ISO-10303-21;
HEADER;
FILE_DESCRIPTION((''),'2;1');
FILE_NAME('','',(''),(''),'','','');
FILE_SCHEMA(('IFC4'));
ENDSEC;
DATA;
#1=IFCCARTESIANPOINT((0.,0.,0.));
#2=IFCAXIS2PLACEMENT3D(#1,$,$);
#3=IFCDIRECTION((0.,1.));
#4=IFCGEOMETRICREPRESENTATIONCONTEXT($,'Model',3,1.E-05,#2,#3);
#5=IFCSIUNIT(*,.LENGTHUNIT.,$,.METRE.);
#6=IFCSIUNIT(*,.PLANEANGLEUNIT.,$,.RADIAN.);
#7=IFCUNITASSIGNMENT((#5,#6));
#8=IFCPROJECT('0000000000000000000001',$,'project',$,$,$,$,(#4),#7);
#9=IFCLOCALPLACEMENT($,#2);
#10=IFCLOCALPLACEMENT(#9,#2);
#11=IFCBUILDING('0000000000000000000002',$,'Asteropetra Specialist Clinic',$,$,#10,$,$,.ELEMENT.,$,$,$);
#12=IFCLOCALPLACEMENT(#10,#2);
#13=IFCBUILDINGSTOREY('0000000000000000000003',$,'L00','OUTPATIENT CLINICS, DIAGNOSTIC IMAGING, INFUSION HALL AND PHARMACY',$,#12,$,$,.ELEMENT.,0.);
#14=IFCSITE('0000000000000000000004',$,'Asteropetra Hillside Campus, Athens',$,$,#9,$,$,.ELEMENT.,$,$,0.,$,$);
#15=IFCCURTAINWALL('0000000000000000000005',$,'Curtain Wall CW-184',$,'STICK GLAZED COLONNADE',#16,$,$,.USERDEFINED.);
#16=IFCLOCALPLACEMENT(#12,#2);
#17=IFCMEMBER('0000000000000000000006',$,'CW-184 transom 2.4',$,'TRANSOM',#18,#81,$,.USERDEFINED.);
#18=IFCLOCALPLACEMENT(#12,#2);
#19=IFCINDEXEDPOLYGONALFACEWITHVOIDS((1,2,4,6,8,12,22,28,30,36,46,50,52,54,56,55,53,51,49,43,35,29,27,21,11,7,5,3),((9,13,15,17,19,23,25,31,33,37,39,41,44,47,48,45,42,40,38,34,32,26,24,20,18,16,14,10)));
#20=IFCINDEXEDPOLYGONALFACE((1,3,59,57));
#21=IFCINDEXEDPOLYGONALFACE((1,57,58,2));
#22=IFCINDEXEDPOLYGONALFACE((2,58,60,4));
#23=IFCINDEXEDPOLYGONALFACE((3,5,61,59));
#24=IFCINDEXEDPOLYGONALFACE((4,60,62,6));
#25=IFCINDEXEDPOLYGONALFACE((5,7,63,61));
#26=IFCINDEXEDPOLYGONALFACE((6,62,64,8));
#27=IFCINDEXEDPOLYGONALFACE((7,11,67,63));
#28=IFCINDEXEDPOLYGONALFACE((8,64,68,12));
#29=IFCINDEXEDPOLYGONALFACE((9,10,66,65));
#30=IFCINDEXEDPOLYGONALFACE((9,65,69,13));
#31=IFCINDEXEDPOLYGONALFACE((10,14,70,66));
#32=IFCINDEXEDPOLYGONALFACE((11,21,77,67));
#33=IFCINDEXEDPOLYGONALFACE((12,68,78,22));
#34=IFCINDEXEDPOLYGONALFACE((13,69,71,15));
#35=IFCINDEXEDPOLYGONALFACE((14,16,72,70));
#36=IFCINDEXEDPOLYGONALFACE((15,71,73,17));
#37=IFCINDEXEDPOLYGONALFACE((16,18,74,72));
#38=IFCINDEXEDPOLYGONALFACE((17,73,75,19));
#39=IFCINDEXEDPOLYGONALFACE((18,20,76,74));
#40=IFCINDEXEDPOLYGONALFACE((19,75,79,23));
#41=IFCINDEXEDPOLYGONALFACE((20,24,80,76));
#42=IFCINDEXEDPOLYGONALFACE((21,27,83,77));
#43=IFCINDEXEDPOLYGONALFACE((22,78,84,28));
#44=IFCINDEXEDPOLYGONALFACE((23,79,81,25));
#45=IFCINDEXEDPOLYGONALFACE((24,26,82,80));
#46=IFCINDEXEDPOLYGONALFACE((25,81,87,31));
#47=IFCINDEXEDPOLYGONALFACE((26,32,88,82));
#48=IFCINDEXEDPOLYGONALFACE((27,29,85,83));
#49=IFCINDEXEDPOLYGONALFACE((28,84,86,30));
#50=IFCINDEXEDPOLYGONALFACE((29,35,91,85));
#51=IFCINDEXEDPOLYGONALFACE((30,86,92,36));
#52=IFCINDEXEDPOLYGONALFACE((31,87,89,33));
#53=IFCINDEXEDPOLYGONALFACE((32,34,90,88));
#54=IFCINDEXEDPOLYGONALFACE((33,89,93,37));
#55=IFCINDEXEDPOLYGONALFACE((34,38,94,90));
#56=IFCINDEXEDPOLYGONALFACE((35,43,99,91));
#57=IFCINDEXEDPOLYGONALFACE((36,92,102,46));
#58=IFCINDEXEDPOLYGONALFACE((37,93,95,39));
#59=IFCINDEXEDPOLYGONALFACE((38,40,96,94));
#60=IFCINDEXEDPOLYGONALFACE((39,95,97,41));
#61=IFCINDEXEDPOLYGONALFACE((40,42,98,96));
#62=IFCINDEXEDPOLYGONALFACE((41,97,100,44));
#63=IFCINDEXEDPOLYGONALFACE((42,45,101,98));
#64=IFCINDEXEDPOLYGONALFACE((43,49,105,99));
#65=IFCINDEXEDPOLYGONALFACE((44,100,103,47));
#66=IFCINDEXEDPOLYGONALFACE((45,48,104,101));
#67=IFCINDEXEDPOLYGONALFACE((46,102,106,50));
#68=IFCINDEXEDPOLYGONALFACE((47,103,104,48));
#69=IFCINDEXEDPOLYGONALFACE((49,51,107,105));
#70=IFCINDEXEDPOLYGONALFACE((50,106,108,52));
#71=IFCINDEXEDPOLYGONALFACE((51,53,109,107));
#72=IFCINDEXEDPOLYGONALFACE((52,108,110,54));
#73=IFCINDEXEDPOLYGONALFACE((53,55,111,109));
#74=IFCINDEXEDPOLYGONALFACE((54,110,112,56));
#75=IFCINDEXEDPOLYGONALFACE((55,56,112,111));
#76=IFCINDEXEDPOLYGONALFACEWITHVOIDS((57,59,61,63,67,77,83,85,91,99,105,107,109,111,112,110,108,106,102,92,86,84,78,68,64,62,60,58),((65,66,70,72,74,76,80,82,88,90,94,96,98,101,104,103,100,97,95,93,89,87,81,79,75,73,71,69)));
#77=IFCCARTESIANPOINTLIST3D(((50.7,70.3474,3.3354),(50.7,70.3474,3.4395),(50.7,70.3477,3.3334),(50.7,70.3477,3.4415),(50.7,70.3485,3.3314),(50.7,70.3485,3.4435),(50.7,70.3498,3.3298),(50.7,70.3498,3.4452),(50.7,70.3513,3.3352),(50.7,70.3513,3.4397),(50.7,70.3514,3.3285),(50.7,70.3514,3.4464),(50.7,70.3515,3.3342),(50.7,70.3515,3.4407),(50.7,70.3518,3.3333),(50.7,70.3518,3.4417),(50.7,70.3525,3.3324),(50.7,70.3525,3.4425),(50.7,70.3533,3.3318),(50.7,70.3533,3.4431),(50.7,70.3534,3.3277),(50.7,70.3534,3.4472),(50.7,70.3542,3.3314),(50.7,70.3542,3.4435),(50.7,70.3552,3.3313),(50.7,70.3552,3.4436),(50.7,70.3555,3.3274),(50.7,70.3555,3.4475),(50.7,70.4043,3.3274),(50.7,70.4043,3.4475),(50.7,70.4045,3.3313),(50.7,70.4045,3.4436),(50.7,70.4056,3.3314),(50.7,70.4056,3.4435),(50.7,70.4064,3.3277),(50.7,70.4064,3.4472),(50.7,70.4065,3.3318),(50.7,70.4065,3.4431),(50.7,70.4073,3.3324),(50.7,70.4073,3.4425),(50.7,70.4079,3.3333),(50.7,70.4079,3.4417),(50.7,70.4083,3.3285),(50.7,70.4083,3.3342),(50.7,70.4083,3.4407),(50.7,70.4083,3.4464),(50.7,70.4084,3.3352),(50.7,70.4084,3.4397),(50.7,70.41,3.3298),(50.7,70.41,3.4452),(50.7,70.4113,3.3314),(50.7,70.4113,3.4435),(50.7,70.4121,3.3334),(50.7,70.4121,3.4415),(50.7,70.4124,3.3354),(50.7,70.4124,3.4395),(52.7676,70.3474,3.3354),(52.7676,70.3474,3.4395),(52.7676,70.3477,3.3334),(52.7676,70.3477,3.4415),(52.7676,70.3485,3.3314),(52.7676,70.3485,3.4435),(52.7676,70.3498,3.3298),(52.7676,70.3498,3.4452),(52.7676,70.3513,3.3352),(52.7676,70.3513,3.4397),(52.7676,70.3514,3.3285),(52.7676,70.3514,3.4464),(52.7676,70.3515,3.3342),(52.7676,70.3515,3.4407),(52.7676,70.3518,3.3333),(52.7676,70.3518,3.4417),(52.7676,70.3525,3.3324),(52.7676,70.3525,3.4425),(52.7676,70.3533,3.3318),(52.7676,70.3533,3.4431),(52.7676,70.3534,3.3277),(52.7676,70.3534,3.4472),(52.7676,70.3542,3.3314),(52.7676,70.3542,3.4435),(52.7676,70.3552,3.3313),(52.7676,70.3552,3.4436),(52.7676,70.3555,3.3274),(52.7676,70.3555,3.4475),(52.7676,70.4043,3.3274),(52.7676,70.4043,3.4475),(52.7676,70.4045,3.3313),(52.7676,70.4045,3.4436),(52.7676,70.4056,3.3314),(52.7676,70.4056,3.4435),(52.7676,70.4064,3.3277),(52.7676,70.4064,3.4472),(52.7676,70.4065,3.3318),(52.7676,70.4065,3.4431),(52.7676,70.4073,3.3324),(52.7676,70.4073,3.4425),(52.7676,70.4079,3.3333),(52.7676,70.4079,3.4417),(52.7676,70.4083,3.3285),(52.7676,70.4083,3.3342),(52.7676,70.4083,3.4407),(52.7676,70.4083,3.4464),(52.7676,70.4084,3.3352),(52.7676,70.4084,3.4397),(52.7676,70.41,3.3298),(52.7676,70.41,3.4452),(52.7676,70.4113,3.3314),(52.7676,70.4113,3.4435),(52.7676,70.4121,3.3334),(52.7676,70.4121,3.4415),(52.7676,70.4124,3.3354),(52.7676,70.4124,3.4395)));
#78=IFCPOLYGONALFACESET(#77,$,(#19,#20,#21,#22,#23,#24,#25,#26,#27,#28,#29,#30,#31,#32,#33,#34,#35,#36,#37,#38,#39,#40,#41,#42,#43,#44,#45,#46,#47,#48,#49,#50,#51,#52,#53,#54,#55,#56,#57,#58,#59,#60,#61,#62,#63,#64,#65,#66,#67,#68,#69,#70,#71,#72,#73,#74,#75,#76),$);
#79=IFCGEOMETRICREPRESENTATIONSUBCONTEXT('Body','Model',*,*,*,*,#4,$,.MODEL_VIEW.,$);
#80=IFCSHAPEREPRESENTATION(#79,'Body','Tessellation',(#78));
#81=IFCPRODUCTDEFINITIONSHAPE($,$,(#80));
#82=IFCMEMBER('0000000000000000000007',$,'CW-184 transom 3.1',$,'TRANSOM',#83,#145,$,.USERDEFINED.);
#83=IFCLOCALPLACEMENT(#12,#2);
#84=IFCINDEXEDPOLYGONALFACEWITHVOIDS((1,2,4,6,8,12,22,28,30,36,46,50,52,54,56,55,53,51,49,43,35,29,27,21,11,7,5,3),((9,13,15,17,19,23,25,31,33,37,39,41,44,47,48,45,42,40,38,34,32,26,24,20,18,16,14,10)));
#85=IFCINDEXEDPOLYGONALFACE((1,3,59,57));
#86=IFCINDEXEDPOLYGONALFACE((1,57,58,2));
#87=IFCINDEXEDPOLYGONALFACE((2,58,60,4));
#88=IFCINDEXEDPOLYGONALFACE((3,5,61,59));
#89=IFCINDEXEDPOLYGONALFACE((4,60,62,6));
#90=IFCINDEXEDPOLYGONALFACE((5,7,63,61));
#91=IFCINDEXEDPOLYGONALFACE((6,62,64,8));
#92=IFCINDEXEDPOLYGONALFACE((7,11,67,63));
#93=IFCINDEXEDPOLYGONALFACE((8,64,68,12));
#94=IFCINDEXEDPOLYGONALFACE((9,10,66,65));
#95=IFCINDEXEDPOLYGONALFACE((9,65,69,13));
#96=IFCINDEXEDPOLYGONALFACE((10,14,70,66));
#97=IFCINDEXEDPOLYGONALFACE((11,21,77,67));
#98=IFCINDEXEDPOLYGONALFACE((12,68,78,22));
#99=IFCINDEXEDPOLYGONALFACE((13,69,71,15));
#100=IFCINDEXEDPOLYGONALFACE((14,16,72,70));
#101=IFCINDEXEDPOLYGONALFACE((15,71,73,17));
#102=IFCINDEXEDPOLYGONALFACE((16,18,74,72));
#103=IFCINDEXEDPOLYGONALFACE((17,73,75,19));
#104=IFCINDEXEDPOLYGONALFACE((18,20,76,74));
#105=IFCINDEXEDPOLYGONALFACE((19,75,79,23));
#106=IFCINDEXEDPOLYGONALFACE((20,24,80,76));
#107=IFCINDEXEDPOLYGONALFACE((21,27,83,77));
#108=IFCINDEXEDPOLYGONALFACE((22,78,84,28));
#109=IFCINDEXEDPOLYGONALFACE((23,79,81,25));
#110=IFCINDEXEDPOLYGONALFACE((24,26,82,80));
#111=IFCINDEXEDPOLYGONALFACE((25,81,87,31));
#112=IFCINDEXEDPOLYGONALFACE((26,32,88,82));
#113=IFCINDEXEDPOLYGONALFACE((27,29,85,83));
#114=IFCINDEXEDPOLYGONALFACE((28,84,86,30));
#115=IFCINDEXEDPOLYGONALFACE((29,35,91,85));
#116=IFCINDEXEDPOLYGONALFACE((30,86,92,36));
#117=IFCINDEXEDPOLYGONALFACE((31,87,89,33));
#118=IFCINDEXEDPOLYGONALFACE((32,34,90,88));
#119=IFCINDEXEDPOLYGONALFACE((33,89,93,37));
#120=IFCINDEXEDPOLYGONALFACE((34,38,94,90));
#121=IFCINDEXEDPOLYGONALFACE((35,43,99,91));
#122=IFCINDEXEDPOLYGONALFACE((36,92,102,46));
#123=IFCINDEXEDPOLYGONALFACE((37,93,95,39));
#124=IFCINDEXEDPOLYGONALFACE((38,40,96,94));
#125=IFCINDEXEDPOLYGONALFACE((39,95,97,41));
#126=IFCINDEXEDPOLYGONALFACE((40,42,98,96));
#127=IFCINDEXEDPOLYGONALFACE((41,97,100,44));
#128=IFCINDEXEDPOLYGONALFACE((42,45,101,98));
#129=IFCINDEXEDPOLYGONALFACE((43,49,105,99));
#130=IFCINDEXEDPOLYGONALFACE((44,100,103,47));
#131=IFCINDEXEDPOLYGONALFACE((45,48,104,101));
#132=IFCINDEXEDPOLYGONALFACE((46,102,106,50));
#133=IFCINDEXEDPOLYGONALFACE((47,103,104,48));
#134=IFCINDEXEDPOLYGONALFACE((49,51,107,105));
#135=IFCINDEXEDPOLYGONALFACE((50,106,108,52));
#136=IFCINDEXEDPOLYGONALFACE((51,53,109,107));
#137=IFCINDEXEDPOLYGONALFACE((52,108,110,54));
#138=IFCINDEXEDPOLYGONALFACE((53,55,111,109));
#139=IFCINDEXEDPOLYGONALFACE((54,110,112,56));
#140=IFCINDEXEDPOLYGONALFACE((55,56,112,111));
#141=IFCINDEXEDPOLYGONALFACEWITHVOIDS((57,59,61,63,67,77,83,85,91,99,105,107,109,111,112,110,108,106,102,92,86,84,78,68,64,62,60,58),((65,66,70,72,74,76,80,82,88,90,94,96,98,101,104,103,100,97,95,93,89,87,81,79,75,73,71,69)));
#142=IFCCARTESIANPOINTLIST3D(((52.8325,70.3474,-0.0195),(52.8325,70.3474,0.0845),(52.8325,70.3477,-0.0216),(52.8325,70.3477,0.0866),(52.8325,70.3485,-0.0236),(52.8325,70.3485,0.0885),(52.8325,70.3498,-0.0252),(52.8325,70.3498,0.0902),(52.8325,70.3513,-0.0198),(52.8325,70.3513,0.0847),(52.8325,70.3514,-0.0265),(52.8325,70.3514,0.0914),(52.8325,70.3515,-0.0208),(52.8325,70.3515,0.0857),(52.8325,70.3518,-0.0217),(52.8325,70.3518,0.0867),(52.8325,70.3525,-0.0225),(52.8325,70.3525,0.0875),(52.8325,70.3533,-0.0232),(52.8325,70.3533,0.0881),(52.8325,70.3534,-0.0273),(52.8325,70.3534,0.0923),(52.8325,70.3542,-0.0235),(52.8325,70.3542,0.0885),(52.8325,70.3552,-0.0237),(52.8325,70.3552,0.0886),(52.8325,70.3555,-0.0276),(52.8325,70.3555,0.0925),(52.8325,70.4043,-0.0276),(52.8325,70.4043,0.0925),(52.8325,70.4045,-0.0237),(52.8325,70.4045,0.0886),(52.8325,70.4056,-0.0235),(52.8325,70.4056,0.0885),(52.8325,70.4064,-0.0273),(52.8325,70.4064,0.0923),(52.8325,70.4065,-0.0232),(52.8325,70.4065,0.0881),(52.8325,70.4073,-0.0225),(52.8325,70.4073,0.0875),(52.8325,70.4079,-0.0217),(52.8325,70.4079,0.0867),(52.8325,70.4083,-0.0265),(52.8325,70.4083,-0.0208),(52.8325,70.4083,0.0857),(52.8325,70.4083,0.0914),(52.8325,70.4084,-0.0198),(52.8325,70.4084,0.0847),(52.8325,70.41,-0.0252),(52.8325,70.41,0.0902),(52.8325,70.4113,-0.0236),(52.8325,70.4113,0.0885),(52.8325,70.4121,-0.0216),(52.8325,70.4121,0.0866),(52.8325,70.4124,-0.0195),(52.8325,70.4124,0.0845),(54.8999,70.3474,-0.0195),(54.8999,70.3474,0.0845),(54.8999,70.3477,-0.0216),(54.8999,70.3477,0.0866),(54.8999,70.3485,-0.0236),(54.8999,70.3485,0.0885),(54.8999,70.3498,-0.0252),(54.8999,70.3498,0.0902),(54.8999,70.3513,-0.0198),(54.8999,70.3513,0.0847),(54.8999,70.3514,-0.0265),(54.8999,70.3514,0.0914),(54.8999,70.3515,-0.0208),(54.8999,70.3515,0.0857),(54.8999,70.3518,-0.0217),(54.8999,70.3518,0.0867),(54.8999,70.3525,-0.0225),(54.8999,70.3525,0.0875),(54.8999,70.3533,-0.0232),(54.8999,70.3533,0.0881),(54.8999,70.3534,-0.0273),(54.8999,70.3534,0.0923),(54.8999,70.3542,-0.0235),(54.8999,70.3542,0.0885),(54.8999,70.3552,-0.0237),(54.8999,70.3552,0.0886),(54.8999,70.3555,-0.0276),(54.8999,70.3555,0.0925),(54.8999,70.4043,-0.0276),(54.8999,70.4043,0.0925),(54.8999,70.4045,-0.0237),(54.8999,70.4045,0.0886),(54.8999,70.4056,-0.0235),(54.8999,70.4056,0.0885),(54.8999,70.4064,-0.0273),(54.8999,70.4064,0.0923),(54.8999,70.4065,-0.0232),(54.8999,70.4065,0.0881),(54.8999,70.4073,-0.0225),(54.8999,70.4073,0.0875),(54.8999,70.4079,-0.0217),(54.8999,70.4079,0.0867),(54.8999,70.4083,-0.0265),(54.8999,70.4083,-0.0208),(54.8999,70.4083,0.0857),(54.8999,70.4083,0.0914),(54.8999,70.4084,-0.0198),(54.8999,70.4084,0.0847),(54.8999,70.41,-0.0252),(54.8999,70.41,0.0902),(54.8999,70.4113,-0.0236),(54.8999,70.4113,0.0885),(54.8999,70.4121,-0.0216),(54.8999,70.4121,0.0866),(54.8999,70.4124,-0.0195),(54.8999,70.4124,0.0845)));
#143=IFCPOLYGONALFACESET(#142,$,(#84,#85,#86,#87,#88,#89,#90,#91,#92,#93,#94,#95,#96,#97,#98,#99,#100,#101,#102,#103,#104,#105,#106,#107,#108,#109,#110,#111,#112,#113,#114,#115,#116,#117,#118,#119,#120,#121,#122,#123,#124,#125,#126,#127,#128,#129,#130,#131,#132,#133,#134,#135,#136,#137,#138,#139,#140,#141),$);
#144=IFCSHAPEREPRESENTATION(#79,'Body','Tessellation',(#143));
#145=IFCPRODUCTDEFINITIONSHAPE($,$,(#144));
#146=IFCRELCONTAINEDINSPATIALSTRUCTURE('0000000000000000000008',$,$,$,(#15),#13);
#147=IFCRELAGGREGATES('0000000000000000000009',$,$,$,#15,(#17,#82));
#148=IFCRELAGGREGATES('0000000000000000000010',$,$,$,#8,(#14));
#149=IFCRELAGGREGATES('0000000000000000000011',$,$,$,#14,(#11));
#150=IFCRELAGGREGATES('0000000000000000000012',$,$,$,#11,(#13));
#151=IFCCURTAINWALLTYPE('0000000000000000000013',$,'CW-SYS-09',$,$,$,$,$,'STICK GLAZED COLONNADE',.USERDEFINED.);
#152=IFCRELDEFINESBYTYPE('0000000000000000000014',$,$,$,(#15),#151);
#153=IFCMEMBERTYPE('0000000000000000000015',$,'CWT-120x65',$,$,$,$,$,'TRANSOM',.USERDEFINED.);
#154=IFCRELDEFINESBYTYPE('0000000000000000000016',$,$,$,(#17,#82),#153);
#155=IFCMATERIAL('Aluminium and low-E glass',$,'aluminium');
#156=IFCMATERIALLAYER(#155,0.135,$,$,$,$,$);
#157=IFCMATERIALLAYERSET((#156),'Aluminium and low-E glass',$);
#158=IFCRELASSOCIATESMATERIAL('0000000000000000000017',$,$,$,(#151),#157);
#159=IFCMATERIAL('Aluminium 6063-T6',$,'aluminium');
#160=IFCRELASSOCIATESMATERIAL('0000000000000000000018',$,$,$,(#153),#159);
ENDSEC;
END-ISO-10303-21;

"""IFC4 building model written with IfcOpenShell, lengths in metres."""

from ifc_helpers import new_model, si_unit, direction, frame, origin, origin_2d, place, context, subcontext, project, spatial, hollow_rectangle, extrude, material, layer, layer_set, material_profile, profile_set, type_object, element, aggregate, save


model = new_model("IFC4")

# Units and contexts
model_context = context("Model", 3, precision=1e-05, world=origin(), true_north=direction((0.0, 1.0)))
body_context = subcontext(model_context, "Body", "Model", "MODEL_VIEW")
ifc_project = project(units=[si_unit("LENGTHUNIT", "METRE"), si_unit("PLANEANGLEUNIT", "RADIAN")], contexts=[model_context])

# Site, building, storey
site_placement = place(None, origin())
site = spatial("IfcSite", under=ifc_project, at=site_placement, Name="Asteropetra Hillside Campus, Athens", CompositionType="ELEMENT", RefElevation=0.0)
building_placement = place(site_placement, origin())
building = spatial("IfcBuilding", under=site, at=building_placement, Name="Asteropetra Specialist Clinic", CompositionType="ELEMENT")
storey_placement = place(building_placement, origin())
storey = spatial("IfcBuildingStorey", under=building, at=storey_placement, Name="L00", Description="OUTPATIENT CLINICS, DIAGNOSTIC IMAGING, INFUSION HALL AND PHARMACY", CompositionType="ELEMENT", Elevation=0.0)

# Curtain wall
ifc_material_1 = material(Name="Aluminium and low-E glass", Category="aluminium")
ifc_layer_1 = layer(ifc_material_1, 0.135)
ifc_layer_set_1 = layer_set([ifc_layer_1], Name="Aluminium and low-E glass")
curtain_wall_type_1 = type_object("IfcCurtainWallType", Name="CW-SYS-09", ElementType="STICK GLAZED COLONNADE", PredefinedType="USERDEFINED", material=ifc_layer_set_1)
curtain_wall_1_placement = place(storey_placement, origin())
curtain_wall_1 = element("IfcCurtainWall", 1, at=curtain_wall_1_placement, inside=storey, type_object=curtain_wall_type_1, Name="Curtain Wall CW-184", ObjectType="STICK GLAZED COLONNADE", PredefinedType="USERDEFINED")

# Members
ifc_material_2 = material(Name="Aluminium 6063-T6", Category="aluminium")
ifc_material_profile_1 = material_profile(ifc_material_2, hollow_rectangle(XDim=0.0649, YDim=0.1201, WallThickness=0.0039, InnerFilletRadius=0.0039, OuterFilletRadius=0.0081, at=origin_2d()), Name="TRN 120x65x4.0")
ifc_profile_set_1 = profile_set([ifc_material_profile_1], Name="Aluminium 6063-T6")
member_type_1 = type_object("IfcMemberType", Name="CWT-120x65", ElementType="TRANSOM", PredefinedType="USERDEFINED", material=ifc_profile_set_1)
member_1_placement = place(storey_placement, frame((50.7, 70.3799, 3.3875), z_axis=(1.0, 0.0, 0.0), x_axis=(0.0, 1.0, 0.0)))
member_1 = element("IfcMember", 2, at=member_1_placement, type_object=member_type_1, Name="CW-184 transom 2.4", ObjectType="TRANSOM", PredefinedType="USERDEFINED", context=body_context, shape_type="SweptSolid", body=[
    extrude(hollow_rectangle(XDim=0.0649, YDim=0.1201, WallThickness=0.0039, InnerFilletRadius=0.0039, OuterFilletRadius=0.0081, at=origin_2d()), origin(), (0.0, 0.0, 1.0), 2.0676),
])
member_2_placement = place(storey_placement, frame((52.8325, 70.3799, 0.0325), z_axis=(1.0, 0.0, 0.0), x_axis=(0.0, 1.0, 0.0)))
member_2 = element("IfcMember", 3, at=member_2_placement, type_object=member_type_1, Name="CW-184 transom 3.1", ObjectType="TRANSOM", PredefinedType="USERDEFINED", context=body_context, shape_type="SweptSolid", body=[
    extrude(hollow_rectangle(XDim=0.0649, YDim=0.1201, WallThickness=0.0039, InnerFilletRadius=0.0039, OuterFilletRadius=0.0081, at=origin_2d()), origin(), (0.0, 0.0, 1.0), 2.0674),
])

aggregate(curtain_wall_1, [member_1, member_2])

save(model, "model.ifc")
